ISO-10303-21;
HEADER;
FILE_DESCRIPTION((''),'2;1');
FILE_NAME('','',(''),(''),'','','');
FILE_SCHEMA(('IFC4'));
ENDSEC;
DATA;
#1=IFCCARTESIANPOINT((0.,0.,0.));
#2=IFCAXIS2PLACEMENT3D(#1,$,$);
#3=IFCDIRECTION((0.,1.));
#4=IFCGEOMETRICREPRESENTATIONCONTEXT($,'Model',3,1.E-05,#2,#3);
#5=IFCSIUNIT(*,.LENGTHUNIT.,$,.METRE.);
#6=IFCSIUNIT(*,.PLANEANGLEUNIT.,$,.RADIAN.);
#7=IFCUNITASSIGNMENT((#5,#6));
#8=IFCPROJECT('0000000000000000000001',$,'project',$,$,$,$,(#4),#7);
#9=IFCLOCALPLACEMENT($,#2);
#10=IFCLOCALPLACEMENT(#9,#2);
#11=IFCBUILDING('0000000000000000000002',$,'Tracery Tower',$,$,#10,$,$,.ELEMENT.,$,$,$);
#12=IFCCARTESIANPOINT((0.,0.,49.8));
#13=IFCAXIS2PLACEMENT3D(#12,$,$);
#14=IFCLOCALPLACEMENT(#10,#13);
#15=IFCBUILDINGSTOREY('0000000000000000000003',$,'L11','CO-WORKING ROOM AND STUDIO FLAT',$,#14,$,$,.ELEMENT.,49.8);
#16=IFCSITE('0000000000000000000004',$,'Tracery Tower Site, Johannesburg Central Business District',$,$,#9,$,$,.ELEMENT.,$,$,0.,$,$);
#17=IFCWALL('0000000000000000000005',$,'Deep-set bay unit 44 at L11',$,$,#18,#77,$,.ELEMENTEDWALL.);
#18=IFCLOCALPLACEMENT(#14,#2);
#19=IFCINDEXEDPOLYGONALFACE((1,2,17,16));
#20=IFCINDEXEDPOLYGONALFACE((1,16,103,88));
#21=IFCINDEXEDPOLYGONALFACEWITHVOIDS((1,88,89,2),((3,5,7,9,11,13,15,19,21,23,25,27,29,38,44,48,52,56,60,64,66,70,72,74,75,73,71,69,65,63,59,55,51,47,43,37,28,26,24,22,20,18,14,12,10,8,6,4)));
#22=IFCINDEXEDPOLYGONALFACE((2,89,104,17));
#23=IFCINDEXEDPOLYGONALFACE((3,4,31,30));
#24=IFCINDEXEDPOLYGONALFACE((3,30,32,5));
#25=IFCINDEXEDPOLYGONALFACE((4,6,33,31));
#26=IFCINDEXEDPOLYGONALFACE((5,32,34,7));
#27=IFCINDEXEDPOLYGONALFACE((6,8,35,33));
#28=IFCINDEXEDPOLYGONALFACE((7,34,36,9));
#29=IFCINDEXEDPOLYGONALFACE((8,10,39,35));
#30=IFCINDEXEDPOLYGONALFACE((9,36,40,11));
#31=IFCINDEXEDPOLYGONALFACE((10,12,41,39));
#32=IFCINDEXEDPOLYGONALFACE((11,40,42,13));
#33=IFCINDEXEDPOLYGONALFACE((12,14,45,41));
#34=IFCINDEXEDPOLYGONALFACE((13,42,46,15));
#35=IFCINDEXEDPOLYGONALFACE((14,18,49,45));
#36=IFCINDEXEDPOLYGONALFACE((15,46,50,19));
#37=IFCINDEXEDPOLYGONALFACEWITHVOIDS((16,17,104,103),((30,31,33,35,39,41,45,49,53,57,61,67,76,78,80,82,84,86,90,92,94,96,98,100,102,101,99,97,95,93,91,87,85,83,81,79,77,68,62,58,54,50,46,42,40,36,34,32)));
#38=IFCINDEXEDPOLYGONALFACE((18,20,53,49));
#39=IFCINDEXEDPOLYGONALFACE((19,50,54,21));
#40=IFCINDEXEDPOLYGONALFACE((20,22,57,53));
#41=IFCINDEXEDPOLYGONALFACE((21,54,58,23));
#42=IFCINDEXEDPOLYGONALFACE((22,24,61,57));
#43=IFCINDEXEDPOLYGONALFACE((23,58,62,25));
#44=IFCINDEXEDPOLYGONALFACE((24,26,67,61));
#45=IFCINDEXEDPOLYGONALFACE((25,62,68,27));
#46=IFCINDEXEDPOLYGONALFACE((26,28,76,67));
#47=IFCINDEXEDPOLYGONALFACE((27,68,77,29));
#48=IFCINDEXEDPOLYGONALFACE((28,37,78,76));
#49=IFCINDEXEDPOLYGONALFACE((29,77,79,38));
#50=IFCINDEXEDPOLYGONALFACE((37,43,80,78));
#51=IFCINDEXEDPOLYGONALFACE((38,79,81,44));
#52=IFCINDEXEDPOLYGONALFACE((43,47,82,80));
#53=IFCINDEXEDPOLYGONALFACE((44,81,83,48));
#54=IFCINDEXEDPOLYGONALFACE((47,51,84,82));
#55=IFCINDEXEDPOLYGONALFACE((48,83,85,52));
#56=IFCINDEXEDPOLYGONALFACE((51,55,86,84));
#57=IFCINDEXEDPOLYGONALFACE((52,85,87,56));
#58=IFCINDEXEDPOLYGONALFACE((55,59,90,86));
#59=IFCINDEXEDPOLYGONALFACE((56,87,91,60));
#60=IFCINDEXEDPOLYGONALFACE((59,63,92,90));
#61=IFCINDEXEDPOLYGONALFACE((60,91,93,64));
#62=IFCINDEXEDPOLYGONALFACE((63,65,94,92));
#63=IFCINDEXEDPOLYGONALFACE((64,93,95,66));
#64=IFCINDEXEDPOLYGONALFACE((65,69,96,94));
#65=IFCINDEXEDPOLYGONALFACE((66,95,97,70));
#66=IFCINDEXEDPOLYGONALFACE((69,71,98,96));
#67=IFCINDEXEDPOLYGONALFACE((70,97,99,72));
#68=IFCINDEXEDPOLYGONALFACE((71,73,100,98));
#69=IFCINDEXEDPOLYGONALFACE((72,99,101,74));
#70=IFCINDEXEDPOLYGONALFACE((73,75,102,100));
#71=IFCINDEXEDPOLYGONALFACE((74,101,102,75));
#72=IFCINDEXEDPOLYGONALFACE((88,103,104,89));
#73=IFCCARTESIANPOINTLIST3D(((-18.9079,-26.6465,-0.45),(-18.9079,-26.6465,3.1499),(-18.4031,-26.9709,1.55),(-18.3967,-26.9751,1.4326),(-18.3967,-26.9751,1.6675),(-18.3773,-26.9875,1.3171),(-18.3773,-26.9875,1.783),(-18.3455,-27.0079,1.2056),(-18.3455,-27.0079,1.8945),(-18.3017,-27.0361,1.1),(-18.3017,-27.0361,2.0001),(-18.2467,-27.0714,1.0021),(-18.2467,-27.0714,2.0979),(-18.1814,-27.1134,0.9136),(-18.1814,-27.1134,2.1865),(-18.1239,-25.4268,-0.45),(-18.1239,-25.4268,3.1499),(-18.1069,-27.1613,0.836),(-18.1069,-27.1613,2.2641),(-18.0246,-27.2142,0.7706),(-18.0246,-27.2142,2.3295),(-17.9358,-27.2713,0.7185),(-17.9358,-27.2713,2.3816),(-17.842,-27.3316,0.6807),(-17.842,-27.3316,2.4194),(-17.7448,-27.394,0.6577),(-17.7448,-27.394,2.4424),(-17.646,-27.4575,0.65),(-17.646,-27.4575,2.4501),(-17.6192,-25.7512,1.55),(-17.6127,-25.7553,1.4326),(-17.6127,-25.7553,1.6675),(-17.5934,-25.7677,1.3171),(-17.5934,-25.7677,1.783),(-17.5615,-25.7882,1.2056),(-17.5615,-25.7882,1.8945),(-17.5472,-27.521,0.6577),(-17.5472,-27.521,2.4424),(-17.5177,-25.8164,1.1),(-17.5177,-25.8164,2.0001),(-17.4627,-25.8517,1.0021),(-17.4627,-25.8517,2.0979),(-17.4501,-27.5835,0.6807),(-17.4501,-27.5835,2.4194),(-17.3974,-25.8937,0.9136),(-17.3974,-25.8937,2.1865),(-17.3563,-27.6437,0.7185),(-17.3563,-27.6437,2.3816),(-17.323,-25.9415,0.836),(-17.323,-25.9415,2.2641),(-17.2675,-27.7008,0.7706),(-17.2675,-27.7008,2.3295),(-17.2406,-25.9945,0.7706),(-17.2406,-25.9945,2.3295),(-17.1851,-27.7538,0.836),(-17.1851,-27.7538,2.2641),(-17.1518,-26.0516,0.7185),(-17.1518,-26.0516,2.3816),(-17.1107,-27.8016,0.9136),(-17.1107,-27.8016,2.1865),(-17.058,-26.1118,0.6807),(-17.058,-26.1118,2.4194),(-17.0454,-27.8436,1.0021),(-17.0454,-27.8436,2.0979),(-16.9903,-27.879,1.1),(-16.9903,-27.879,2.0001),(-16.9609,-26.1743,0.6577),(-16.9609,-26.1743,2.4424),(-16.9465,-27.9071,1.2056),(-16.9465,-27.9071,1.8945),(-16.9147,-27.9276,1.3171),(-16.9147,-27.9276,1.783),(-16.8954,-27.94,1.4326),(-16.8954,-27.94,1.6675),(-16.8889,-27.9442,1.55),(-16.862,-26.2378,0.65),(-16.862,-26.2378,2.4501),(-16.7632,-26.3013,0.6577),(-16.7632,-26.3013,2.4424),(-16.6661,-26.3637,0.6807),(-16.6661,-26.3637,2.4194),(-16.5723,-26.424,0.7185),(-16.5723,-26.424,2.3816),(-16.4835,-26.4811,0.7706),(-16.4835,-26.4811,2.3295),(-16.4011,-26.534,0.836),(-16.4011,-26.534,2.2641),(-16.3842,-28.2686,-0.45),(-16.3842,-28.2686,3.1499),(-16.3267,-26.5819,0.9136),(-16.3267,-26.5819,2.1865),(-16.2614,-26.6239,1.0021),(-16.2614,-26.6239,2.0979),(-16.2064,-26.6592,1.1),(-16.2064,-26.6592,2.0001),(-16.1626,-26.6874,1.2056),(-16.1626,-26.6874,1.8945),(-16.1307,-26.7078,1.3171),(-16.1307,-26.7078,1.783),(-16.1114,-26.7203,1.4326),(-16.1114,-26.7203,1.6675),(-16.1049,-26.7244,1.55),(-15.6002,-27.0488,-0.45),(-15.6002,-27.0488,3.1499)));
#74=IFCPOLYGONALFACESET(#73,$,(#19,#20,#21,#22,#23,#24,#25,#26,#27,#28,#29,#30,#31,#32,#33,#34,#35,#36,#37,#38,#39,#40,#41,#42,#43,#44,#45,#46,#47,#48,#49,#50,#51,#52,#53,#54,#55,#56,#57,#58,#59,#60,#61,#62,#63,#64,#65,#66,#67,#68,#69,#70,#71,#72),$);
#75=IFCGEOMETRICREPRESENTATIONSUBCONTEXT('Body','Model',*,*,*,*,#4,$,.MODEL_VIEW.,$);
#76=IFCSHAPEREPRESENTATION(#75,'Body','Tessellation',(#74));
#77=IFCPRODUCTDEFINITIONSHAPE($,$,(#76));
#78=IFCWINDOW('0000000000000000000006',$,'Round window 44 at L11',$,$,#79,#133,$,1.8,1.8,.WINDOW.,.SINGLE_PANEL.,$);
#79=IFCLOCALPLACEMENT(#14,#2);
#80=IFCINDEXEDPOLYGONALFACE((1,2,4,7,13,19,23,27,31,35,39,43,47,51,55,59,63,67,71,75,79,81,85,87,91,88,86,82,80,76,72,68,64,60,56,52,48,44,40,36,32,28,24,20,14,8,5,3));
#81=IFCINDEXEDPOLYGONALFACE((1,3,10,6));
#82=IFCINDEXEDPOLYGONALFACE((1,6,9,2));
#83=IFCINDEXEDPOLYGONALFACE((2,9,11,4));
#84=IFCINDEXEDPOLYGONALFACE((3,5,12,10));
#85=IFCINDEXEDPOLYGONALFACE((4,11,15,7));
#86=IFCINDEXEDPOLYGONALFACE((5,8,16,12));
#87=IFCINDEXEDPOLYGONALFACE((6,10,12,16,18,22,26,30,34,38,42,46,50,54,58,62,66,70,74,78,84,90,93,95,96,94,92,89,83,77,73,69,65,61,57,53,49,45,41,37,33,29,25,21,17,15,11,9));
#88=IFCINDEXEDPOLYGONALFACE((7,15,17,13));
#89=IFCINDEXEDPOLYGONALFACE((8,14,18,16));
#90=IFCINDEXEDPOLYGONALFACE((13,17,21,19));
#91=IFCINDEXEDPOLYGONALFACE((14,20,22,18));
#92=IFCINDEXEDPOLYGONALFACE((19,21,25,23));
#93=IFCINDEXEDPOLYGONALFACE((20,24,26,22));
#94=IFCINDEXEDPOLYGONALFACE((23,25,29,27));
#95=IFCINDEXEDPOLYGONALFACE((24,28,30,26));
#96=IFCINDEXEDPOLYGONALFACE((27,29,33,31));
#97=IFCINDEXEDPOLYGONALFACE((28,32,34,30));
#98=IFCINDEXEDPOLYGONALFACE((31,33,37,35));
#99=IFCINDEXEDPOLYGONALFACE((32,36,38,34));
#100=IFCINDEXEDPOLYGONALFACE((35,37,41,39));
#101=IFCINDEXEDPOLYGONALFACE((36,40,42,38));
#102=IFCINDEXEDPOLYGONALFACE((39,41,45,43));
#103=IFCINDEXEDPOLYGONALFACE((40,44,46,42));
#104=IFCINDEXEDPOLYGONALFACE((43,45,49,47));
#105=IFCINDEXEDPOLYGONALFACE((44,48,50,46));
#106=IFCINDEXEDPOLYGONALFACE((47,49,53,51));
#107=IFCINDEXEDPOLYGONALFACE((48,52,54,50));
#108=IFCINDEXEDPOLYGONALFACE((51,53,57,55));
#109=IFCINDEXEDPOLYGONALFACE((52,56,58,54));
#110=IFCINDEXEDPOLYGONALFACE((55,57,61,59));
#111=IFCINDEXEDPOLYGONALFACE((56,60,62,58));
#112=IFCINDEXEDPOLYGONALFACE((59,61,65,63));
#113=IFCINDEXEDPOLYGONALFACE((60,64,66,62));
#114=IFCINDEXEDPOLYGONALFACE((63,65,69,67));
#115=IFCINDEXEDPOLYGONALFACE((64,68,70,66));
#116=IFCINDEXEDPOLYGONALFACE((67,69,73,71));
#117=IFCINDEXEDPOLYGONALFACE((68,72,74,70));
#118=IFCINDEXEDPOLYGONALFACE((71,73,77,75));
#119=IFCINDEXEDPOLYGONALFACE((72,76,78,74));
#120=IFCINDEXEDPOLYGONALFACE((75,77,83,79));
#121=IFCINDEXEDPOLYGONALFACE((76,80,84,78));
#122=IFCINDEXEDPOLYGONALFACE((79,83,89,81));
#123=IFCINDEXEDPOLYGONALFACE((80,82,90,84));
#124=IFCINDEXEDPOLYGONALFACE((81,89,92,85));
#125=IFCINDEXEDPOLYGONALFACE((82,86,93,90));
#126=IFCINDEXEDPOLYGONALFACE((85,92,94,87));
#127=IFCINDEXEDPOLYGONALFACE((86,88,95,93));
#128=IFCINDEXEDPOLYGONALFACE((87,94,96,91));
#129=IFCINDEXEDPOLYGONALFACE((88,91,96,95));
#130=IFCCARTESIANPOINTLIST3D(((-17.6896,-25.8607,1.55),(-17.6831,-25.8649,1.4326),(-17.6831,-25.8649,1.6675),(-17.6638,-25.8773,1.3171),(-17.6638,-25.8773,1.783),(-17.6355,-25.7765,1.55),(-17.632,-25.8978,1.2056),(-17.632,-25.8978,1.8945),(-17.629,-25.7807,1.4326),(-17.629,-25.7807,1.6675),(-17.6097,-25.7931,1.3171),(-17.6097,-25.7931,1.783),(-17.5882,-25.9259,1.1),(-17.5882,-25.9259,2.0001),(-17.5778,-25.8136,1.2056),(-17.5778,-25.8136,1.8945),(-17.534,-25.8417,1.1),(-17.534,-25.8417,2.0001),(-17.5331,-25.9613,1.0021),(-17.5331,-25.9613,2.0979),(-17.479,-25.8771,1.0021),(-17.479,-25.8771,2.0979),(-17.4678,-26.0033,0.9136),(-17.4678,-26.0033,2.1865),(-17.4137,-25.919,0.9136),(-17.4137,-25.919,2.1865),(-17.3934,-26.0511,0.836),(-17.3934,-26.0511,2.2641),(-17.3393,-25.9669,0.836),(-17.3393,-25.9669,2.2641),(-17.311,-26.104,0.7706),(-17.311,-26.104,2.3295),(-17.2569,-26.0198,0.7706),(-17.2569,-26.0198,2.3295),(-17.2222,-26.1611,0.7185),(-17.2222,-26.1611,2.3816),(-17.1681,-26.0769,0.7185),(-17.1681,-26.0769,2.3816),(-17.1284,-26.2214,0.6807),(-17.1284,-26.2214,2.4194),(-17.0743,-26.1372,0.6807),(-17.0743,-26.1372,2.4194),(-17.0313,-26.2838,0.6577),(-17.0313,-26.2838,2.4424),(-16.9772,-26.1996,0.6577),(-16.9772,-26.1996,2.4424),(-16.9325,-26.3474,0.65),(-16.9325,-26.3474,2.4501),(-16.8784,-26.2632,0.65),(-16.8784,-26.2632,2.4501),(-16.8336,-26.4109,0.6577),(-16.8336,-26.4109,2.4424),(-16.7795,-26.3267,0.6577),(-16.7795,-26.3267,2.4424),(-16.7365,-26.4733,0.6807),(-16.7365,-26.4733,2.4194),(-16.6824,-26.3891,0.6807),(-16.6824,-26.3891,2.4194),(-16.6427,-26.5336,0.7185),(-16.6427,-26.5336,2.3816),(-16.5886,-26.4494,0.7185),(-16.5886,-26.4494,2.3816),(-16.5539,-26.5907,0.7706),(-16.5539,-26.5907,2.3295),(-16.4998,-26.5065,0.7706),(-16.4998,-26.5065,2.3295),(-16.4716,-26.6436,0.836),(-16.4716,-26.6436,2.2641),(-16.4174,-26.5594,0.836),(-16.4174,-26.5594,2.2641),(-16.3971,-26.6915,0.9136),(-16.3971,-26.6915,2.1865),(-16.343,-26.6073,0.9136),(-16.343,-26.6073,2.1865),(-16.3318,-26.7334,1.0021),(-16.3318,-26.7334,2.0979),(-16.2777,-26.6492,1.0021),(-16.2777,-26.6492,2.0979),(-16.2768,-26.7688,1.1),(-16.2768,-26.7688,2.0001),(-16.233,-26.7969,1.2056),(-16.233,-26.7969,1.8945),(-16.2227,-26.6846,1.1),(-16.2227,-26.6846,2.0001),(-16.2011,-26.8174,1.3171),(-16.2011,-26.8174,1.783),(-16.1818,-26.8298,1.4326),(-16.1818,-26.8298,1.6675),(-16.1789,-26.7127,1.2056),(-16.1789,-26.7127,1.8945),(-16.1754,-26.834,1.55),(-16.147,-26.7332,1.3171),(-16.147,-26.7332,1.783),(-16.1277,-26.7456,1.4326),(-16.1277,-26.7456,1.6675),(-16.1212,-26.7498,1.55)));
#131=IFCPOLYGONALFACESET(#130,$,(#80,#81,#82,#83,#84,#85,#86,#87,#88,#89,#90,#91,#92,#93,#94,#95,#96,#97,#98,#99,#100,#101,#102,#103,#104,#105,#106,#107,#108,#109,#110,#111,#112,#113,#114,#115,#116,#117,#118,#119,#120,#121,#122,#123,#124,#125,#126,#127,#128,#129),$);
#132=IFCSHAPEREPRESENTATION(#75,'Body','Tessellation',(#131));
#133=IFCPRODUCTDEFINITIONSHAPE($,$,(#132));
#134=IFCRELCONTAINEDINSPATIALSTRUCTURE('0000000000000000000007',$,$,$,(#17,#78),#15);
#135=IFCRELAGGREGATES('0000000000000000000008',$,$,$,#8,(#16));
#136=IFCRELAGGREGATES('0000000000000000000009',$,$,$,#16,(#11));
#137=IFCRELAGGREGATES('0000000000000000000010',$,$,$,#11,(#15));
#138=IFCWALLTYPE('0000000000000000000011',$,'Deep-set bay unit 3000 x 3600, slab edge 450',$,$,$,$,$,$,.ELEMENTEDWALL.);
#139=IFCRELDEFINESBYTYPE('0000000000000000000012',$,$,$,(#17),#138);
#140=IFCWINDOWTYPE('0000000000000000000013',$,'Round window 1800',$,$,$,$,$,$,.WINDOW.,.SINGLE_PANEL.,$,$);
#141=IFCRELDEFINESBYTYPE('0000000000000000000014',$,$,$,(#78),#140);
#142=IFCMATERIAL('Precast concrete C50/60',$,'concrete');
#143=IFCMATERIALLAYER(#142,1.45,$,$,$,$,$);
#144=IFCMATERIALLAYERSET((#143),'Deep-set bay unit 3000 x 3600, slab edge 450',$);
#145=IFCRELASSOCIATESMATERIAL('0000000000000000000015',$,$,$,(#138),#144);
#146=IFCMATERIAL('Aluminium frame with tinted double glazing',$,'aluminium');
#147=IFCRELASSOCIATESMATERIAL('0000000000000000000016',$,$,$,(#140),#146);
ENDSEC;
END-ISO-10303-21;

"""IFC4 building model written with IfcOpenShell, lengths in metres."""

from ifc_helpers import new_model, si_unit, direction, frame, frame_2d, origin, origin_2d, place, context, subcontext, project, spatial, rectangle, circle, extrude, material, layer, layer_set, type_object, element, fill, save


model = new_model("IFC4")

# Units and contexts
model_context = context("Model", 3, precision=1e-05, world=origin(), true_north=direction((0.0, 1.0)))
body_context = subcontext(model_context, "Body", "Model", "MODEL_VIEW")
ifc_project = project(units=[si_unit("LENGTHUNIT", "METRE"), si_unit("PLANEANGLEUNIT", "RADIAN")], contexts=[model_context])

# Site, building, storey
site_placement = place(None, origin())
site = spatial("IfcSite", under=ifc_project, at=site_placement, Name="Tracery Tower Site, Johannesburg Central Business District", CompositionType="ELEMENT", RefElevation=0.0)
building_placement = place(site_placement, origin())
building = spatial("IfcBuilding", under=site, at=building_placement, Name="Tracery Tower", CompositionType="ELEMENT")
storey_placement = place(building_placement, frame((0.0, 0.0, 49.8)))
storey = spatial("IfcBuildingStorey", under=building, at=storey_placement, Name="L11", Description="CO-WORKING ROOM AND STUDIO FLAT", CompositionType="ELEMENT", Elevation=49.8)

# Wall, opening, window
ifc_material_1 = material(Name="Precast concrete C50/60", Category="concrete")
ifc_layer_1 = layer(ifc_material_1, 1.45)
ifc_layer_set_1 = layer_set([ifc_layer_1], Name="Deep-set bay unit 3000 x 3600, slab edge 450")
wall_type_1 = type_object("IfcWallType", Name="Deep-set bay unit 3000 x 3600, slab edge 450", PredefinedType="ELEMENTEDWALL", material=ifc_layer_set_1)
ifc_material_2 = material(Name="Aluminium frame with tinted double glazing", Category="aluminium")
window_type = type_object("IfcWindowType", Name="Round window 1800", PartitioningType="SINGLE_PANEL", PredefinedType="WINDOW", material=ifc_material_2)
wall_1_placement = place(storey_placement, frame((-18.5159, -26.0366, -0.45), z_axis=(0.0, 0.0, 1.0), x_axis=(0.841223, -0.540688, 0.0)))
wall_1 = element("IfcWall", 1, at=wall_1_placement, inside=storey, type_object=wall_type_1, Name="Deep-set bay unit 44 at L11", PredefinedType="ELEMENTEDWALL", context=body_context, shape_type="SweptSolid", body=[
    extrude(rectangle(XDim=3.0, YDim=1.45, at=frame_2d((1.5, 0.0))), origin(), (0.0, 0.0, 1.0), 3.5999),
])
opening_1_placement = place(wall_1_placement, frame((1.5, 0.0, 2.0)))
opening_1 = element("IfcOpeningElement", 2, at=opening_1_placement, cuts=wall_1, PredefinedType="OPENING", context=body_context, shape_type="SweptSolid", body=[
    extrude(circle(Radius=0.9, at=origin_2d()), frame((0.0, 0.7349, 0.0), z_axis=(0.0, -1.0, 0.0), x_axis=(1.0, 0.0, 0.0)), (0.0, 0.0, 1.0), 1.47),
])
window_1_placement = place(opening_1_placement, origin())
window_1 = element("IfcWindow", 3, at=window_1_placement, inside=storey, type_object=window_type, Name="Round window 44 at L11", OverallHeight=1.8, OverallWidth=1.8, PartitioningType="SINGLE_PANEL", PredefinedType="WINDOW", context=body_context, shape_type="SweptSolid", body=[
    extrude(circle(Radius=0.9, at=origin_2d()), frame((0.0, 0.6948, 0.0), z_axis=(0.0, -1.0, 0.0), x_axis=(1.0, 0.0, 0.0)), (0.0, 0.0, 1.0), 0.1001),
])
fill(opening_1, window_1)

save(model, "model.ifc")
